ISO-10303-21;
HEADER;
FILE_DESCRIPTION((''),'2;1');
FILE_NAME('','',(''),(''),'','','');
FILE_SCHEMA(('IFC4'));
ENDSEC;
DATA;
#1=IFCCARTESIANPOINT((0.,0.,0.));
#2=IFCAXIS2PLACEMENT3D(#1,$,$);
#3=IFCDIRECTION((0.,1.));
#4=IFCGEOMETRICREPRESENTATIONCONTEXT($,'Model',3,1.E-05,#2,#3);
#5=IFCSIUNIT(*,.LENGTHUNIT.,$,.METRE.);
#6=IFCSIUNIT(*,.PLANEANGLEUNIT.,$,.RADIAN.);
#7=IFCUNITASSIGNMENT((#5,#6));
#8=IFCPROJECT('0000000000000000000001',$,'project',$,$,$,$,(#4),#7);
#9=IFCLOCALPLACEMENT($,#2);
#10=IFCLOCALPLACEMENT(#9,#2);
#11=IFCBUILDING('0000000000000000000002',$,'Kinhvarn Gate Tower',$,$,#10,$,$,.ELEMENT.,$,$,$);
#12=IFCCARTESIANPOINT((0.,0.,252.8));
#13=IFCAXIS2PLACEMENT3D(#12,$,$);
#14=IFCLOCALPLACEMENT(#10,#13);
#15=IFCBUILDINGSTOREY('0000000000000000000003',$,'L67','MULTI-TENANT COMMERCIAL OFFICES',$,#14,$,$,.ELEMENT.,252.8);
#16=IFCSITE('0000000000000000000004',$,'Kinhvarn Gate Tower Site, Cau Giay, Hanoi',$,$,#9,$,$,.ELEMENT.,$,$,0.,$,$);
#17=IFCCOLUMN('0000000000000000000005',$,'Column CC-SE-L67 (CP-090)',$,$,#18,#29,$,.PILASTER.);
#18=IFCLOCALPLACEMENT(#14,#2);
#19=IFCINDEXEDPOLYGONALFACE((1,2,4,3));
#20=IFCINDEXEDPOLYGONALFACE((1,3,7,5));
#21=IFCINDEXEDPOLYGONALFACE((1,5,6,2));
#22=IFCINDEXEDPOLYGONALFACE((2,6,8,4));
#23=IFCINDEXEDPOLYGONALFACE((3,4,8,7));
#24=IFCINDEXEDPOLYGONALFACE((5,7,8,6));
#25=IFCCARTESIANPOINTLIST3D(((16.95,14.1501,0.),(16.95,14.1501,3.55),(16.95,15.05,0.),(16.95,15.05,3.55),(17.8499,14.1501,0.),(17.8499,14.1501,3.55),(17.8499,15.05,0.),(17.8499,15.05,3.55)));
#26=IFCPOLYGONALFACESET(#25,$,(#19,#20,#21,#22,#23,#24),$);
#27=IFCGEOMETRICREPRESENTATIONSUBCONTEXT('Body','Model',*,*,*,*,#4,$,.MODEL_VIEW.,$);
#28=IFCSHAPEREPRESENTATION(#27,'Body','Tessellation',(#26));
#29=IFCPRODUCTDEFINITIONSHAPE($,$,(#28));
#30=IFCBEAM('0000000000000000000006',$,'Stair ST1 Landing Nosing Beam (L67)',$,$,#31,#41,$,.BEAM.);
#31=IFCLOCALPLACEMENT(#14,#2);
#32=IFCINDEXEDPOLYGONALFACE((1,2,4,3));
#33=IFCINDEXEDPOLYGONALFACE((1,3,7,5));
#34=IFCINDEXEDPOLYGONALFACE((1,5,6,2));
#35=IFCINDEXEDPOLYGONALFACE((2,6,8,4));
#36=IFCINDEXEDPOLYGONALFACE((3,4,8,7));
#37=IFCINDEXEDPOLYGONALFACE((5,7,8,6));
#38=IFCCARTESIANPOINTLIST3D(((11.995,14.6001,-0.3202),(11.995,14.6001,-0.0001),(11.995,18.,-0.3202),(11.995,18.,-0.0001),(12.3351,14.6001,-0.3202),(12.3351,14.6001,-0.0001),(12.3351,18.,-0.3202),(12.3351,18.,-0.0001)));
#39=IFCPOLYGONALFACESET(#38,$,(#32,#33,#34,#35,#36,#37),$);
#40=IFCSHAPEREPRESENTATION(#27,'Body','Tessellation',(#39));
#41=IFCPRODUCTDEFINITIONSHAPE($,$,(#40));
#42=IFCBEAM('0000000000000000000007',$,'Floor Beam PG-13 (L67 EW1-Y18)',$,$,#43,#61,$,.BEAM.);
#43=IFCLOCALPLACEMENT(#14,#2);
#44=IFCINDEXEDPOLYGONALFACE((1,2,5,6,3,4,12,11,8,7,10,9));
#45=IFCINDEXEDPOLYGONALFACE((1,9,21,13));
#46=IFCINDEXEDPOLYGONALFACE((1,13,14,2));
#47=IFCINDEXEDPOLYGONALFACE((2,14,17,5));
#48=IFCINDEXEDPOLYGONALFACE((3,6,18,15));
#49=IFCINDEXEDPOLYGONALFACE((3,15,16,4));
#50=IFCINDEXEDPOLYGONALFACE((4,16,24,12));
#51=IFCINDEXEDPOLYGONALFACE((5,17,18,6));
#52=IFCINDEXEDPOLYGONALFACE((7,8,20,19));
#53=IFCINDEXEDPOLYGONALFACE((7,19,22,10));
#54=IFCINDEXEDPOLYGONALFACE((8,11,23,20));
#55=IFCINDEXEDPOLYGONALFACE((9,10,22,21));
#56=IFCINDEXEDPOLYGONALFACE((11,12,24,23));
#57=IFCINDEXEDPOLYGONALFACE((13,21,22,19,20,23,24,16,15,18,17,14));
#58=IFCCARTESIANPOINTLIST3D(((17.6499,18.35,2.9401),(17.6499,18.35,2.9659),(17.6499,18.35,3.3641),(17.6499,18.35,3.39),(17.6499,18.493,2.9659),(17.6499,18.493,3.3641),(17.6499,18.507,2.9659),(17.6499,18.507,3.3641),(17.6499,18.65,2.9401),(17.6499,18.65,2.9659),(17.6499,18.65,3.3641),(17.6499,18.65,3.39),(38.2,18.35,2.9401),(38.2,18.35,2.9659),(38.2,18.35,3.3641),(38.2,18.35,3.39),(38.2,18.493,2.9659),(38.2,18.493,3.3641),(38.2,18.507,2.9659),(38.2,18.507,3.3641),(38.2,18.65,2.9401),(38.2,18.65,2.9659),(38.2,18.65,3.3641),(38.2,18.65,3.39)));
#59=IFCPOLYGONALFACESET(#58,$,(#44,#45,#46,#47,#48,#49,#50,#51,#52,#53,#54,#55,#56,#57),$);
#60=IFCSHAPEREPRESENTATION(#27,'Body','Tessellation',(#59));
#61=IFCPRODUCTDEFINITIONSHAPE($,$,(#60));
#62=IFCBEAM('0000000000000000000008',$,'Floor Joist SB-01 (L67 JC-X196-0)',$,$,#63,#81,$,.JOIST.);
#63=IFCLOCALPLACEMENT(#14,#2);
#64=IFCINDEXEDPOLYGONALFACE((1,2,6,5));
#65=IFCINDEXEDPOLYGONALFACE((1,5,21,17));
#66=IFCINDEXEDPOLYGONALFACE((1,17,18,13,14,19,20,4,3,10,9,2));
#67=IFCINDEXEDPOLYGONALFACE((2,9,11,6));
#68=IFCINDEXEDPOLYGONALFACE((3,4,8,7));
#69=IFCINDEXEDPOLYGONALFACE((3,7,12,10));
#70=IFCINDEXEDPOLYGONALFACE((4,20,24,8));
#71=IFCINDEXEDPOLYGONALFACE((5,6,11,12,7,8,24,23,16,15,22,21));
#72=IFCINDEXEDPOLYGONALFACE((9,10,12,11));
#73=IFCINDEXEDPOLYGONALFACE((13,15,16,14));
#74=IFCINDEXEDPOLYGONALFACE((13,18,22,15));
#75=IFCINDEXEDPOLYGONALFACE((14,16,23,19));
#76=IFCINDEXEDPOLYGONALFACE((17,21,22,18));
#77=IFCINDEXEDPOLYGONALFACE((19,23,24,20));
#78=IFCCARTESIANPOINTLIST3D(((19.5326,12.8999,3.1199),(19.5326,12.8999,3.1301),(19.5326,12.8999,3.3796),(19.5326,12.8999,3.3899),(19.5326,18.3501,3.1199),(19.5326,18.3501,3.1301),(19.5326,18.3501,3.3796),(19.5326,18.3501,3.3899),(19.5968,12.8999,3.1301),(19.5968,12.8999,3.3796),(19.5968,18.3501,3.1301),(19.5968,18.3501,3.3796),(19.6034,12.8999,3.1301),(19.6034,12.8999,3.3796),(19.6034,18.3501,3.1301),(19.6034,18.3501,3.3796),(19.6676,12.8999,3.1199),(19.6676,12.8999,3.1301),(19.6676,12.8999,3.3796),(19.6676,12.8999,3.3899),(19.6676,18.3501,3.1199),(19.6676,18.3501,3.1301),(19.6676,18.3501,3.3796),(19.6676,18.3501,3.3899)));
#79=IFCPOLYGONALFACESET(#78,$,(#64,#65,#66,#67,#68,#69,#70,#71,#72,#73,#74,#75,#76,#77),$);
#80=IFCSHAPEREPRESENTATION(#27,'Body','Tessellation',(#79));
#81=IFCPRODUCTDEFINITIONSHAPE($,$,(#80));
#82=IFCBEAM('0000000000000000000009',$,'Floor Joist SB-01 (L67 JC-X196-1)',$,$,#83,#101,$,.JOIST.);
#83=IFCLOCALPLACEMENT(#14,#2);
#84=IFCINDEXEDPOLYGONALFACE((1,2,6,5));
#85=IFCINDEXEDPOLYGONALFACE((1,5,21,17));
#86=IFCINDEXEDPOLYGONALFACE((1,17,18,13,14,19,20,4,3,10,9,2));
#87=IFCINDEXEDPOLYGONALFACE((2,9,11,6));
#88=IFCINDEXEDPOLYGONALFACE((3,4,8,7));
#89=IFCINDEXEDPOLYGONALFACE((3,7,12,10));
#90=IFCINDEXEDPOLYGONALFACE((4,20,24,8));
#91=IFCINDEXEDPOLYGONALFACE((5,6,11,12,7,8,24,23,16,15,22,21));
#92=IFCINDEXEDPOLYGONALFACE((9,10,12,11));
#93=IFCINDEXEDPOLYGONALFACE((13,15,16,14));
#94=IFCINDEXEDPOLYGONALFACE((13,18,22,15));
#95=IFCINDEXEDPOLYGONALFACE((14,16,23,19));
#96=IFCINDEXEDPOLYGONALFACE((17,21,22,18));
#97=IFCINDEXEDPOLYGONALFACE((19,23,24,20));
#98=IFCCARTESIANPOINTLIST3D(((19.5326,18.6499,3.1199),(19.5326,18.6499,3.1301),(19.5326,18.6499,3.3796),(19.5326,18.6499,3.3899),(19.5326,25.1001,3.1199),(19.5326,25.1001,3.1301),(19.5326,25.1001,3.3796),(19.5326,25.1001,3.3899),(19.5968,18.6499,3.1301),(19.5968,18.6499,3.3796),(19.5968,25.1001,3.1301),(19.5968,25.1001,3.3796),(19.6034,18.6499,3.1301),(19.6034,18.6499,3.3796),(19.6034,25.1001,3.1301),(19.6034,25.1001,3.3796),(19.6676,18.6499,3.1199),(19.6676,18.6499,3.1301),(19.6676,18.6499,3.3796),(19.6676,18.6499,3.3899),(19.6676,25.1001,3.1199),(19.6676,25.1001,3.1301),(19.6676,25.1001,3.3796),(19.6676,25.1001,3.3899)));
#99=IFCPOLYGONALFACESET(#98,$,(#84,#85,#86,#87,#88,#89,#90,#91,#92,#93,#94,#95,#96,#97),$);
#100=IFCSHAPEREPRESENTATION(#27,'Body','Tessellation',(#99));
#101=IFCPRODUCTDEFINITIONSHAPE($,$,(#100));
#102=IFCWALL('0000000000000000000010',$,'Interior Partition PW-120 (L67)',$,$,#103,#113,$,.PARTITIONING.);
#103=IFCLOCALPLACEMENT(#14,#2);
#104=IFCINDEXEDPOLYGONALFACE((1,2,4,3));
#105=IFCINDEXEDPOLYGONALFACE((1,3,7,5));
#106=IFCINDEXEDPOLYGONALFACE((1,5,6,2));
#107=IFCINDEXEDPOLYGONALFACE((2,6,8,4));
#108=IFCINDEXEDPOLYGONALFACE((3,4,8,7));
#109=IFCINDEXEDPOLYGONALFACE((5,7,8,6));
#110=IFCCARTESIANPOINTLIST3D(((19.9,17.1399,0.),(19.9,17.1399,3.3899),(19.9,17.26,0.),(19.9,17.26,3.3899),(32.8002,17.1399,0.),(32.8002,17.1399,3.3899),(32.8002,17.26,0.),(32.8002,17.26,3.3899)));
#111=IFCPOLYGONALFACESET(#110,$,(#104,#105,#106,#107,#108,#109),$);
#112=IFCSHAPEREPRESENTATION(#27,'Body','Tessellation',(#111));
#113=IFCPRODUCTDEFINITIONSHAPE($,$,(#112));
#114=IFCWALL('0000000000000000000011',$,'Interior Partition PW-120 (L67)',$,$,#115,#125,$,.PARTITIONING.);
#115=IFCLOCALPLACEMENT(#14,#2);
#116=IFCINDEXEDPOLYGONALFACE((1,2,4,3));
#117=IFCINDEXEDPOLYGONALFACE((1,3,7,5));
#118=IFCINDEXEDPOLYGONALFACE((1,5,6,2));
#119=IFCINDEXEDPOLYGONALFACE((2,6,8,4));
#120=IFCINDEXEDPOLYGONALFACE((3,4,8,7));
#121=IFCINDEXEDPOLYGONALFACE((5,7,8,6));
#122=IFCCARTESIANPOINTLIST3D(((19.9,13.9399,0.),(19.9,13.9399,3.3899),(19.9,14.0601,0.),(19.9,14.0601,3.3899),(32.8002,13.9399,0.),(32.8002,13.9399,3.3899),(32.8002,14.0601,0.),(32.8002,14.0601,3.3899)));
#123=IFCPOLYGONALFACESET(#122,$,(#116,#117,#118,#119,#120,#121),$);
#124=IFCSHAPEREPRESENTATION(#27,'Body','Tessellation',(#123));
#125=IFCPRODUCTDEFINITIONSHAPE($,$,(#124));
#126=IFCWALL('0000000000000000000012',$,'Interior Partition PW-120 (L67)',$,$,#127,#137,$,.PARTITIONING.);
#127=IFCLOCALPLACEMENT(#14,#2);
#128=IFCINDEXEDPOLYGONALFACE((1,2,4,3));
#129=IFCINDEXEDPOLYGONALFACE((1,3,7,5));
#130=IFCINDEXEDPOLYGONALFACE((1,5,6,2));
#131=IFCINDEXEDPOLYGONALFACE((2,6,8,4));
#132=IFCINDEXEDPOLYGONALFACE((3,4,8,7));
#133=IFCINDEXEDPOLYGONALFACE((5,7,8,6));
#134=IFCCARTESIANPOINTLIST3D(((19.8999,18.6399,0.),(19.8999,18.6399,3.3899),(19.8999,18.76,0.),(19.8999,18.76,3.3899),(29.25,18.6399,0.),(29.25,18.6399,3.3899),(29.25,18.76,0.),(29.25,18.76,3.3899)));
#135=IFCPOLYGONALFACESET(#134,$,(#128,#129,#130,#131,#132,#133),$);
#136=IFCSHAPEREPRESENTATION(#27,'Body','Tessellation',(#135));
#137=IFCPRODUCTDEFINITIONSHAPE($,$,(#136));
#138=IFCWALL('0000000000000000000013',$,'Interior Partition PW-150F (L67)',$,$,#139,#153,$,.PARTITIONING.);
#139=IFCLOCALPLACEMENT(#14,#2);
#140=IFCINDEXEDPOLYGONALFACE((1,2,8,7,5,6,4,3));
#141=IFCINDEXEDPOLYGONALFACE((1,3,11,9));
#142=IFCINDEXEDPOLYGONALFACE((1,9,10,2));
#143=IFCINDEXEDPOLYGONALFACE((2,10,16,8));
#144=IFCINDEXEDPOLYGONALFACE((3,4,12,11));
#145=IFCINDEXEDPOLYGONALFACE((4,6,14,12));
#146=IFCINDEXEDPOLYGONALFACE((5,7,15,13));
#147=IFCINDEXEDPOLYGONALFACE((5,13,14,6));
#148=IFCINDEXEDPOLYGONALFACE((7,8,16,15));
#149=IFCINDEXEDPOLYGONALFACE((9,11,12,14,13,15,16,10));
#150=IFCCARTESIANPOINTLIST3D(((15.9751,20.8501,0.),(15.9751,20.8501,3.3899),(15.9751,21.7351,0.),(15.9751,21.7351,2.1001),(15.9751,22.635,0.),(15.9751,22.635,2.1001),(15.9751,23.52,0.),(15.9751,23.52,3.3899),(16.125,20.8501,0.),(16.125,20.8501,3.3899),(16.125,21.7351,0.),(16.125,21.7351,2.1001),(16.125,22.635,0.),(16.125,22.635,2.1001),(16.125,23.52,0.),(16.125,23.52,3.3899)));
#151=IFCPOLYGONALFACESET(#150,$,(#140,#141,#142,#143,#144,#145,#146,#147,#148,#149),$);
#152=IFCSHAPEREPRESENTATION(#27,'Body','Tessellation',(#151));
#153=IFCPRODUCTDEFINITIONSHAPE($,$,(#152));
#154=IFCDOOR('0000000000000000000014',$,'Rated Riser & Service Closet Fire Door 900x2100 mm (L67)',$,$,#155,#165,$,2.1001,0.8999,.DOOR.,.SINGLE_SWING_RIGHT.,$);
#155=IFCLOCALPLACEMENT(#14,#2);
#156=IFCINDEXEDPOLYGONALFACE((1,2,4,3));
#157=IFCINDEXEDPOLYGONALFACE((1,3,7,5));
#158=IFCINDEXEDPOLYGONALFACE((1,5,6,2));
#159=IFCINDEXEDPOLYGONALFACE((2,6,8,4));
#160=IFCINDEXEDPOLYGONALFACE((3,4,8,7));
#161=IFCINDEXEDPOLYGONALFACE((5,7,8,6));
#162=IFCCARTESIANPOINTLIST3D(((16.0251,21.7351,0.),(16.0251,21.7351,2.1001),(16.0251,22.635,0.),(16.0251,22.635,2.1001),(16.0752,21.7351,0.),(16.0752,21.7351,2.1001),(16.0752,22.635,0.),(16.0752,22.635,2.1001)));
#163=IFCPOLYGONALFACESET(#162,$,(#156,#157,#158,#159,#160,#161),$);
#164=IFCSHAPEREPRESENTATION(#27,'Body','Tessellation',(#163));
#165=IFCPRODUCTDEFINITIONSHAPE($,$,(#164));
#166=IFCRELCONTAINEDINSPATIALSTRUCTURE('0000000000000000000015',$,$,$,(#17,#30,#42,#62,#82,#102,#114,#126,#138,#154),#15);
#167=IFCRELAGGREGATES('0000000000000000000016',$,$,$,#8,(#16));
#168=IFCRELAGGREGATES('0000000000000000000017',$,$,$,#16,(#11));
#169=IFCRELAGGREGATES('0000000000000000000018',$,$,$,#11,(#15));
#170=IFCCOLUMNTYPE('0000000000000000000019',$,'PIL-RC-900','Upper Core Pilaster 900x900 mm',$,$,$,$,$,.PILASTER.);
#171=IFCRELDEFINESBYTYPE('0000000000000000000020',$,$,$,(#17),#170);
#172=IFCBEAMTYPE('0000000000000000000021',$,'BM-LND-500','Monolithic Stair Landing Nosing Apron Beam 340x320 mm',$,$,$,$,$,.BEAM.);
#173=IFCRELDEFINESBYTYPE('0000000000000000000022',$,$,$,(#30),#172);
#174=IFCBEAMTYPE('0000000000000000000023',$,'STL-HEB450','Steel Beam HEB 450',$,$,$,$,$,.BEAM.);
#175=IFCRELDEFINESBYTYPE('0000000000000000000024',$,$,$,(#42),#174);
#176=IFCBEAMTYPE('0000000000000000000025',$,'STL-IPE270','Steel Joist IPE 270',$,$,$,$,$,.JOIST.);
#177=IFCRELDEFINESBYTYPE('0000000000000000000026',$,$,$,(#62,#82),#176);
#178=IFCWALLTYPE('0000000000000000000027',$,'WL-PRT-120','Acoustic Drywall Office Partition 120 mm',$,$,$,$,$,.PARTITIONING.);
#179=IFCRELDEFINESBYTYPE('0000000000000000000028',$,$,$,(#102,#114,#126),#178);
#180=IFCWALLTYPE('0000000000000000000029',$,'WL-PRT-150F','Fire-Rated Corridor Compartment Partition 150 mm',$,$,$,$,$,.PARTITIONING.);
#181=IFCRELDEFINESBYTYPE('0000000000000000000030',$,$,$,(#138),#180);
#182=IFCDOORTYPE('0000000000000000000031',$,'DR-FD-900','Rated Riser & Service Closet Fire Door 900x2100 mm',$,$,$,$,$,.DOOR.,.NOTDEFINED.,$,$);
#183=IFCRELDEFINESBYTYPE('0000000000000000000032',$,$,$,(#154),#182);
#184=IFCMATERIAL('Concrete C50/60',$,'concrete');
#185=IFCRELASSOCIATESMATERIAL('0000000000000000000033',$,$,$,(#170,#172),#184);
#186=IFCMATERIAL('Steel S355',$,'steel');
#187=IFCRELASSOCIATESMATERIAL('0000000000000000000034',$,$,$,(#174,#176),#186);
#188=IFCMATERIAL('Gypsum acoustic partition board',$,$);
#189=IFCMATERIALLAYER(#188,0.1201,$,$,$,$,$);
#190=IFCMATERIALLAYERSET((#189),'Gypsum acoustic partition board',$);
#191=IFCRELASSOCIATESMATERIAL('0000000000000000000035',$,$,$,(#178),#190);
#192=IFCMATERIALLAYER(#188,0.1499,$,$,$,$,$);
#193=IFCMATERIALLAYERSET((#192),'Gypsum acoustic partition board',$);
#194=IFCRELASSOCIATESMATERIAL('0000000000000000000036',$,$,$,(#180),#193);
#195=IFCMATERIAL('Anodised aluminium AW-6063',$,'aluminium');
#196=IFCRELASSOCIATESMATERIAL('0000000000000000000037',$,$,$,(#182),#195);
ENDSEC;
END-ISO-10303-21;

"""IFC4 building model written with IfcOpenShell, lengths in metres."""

from ifc_helpers import new_model, si_unit, direction, frame, frame_2d, origin, origin_2d, place, context, subcontext, project, spatial, rectangle, i_section, extrude, material, layer, layer_set, material_profile, profile_set, type_object, element, fill, save


model = new_model("IFC4")

# Units and contexts
model_context = context("Model", 3, precision=1e-05, world=origin(), true_north=direction((0.0, 1.0)))
body_context = subcontext(model_context, "Body", "Model", "MODEL_VIEW")
ifc_project = project(units=[si_unit("LENGTHUNIT", "METRE"), si_unit("PLANEANGLEUNIT", "RADIAN")], contexts=[model_context])

# Site, building, storey
site_placement = place(None, origin())
site = spatial("IfcSite", under=ifc_project, at=site_placement, Name="Kinhvarn Gate Tower Site, Cau Giay, Hanoi", CompositionType="ELEMENT", RefElevation=0.0)
building_placement = place(site_placement, origin())
building = spatial("IfcBuilding", under=site, at=building_placement, Name="Kinhvarn Gate Tower", CompositionType="ELEMENT")
storey_placement = place(building_placement, frame((0.0, 0.0, 252.8)))
storey = spatial("IfcBuildingStorey", under=building, at=storey_placement, Name="L67", Description="MULTI-TENANT COMMERCIAL OFFICES", CompositionType="ELEMENT", Elevation=252.8)

# Column
ifc_material_1 = material(Name="Concrete C50/60", Category="concrete")
ifc_material_profile_1 = material_profile(ifc_material_1, rectangle(XDim=0.8999, YDim=0.8999, at=origin_2d()), Name="RC 900x900")
ifc_profile_set_1 = profile_set([ifc_material_profile_1], Name="Concrete C50/60")
column_type = type_object("IfcColumnType", Name="PIL-RC-900", Description="Upper Core Pilaster 900x900 mm", PredefinedType="PILASTER", material=ifc_profile_set_1)
column_placement = place(storey_placement, frame((17.3999, 14.6001, 0.0), z_axis=(0.0, 0.0, 1.0), x_axis=(1.0, 0.0, 0.0)))
element("IfcColumn", 1, at=column_placement, inside=storey, type_object=column_type, Name="Column CC-SE-L67 (CP-090)", PredefinedType="PILASTER", context=body_context, shape_type="SweptSolid", body=[
    extrude(rectangle(XDim=0.8999, YDim=0.8999, at=origin_2d()), origin(), (0.0, 0.0, 1.0), 3.55),
])

# Beams
ifc_material_profile_2 = material_profile(ifc_material_1, rectangle(XDim=0.3401, YDim=0.3201, at=origin_2d()), Name="RC 340x320")
ifc_profile_set_2 = profile_set([ifc_material_profile_2], Name="Concrete C50/60")
beam_type_1 = type_object("IfcBeamType", Name="BM-LND-500", Description="Monolithic Stair Landing Nosing Apron Beam 340x320 mm", PredefinedType="BEAM", material=ifc_profile_set_2)
beam_1_placement = place(storey_placement, frame((12.165, 14.6001, -0.1602), z_axis=(0.0, 1.0, 0.0), x_axis=(-1.0, 0.0, 0.0)))
element("IfcBeam", 2, at=beam_1_placement, inside=storey, type_object=beam_type_1, Name="Stair ST1 Landing Nosing Beam (L67)", PredefinedType="BEAM", context=body_context, shape_type="SweptSolid", body=[
    extrude(rectangle(XDim=0.3401, YDim=0.3201, at=origin_2d()), origin(), (0.0, 0.0, 1.0), 3.3999),
])
ifc_material_2 = material(Name="Steel S355", Category="steel")
ifc_material_profile_3 = material_profile(ifc_material_2, i_section(OverallWidth=0.3, OverallDepth=0.45, WebThickness=0.0139, FlangeThickness=0.0259, at=origin_2d()), Name="HEB 450")
ifc_profile_set_3 = profile_set([ifc_material_profile_3], Name="Steel S355")
beam_type_2 = type_object("IfcBeamType", Name="STL-HEB450", Description="Steel Beam HEB 450", PredefinedType="BEAM", material=ifc_profile_set_3)
beam_2_placement = place(storey_placement, frame((17.6499, 18.5, 3.165), z_axis=(1.0, 0.0, 0.0), x_axis=(0.0, 1.0, 0.0)))
element("IfcBeam", 3, at=beam_2_placement, inside=storey, type_object=beam_type_2, Name="Floor Beam PG-13 (L67 EW1-Y18)", PredefinedType="BEAM", context=body_context, shape_type="SweptSolid", body=[
    extrude(i_section(OverallWidth=0.3, OverallDepth=0.45, WebThickness=0.0139, FlangeThickness=0.0259, at=origin_2d()), origin(), (0.0, 0.0, 1.0), 20.55),
])
ifc_material_profile_4 = material_profile(ifc_material_2, i_section(OverallWidth=0.135, OverallDepth=0.27, WebThickness=0.0066, FlangeThickness=0.0103, at=origin_2d()), Name="IPE 270")
ifc_profile_set_4 = profile_set([ifc_material_profile_4], Name="Steel S355")
beam_type_3 = type_object("IfcBeamType", Name="STL-IPE270", Description="Steel Joist IPE 270", PredefinedType="JOIST", material=ifc_profile_set_4)
beam_3_placement = place(storey_placement, frame((19.6001, 12.8999, 3.2549), z_axis=(0.0, 1.0, 0.0), x_axis=(-1.0, 0.0, 0.0)))
element("IfcBeam", 4, at=beam_3_placement, inside=storey, type_object=beam_type_3, Name="Floor Joist SB-01 (L67 JC-X196-0)", PredefinedType="JOIST", context=body_context, shape_type="SweptSolid", body=[
    extrude(i_section(OverallWidth=0.135, OverallDepth=0.27, WebThickness=0.0066, FlangeThickness=0.0103, at=origin_2d()), origin(), (0.0, 0.0, 1.0), 5.4502),
])
beam_4_placement = place(storey_placement, frame((19.6001, 18.6499, 3.2549), z_axis=(0.0, 1.0, 0.0), x_axis=(-1.0, 0.0, 0.0)))
element("IfcBeam", 5, at=beam_4_placement, inside=storey, type_object=beam_type_3, Name="Floor Joist SB-01 (L67 JC-X196-1)", PredefinedType="JOIST", context=body_context, shape_type="SweptSolid", body=[
    extrude(i_section(OverallWidth=0.135, OverallDepth=0.27, WebThickness=0.0066, FlangeThickness=0.0103, at=origin_2d()), origin(), (0.0, 0.0, 1.0), 6.4502),
])

# Shared definitions
ifc_material_3 = material(Name="Anodised aluminium AW-6063", Category="aluminium")

# Walls
ifc_material_4 = material(Name="Gypsum acoustic partition board")
ifc_layer_1 = layer(ifc_material_4, 0.1201)
ifc_layer_set_1 = layer_set([ifc_layer_1], Name="Gypsum acoustic partition board")
wall_type_1 = type_object("IfcWallType", Name="WL-PRT-120", Description="Acoustic Drywall Office Partition 120 mm", PredefinedType="PARTITIONING", material=ifc_layer_set_1)
for number, where, z_axis, x_axis, name in (
    (6, (19.8999, 17.2, 0.0), (0.0, 0.0, 1.0), (1.0, 0.0, 0.0), "Interior Partition PW-120 (L67)"),
    (7, (19.8999, 14.0, 0.0), (0.0, 0.0, 1.0), (1.0, 0.0, 0.0), "Interior Partition PW-120 (L67)"),
):
    element("IfcWall", number, at=place(storey_placement, frame(where, z_axis=z_axis, x_axis=x_axis)), inside=storey, type_object=wall_type_1, Name=name, PredefinedType="PARTITIONING", context=body_context, shape_type="SweptSolid", body=[
        extrude(rectangle(XDim=12.9001, YDim=0.1201, at=frame_2d((6.4502, 0.0))), origin(), (0.0, 0.0, 1.0), 3.3899),
    ])
wall_1_placement = place(storey_placement, frame((19.8999, 18.7, 0.0), z_axis=(0.0, 0.0, 1.0), x_axis=(1.0, 0.0, 0.0)))
element("IfcWall", 8, at=wall_1_placement, inside=storey, type_object=wall_type_1, Name="Interior Partition PW-120 (L67)", PredefinedType="PARTITIONING", context=body_context, shape_type="SweptSolid", body=[
    extrude(rectangle(XDim=9.3501, YDim=0.1201, at=frame_2d((4.675, 0.0))), origin(), (0.0, 0.0, 1.0), 3.3899),
])

# Wall, opening, door
ifc_layer_2 = layer(ifc_material_4, 0.1499)
ifc_layer_set_2 = layer_set([ifc_layer_2], Name="Gypsum acoustic partition board")
wall_type_2 = type_object("IfcWallType", Name="WL-PRT-150F", Description="Fire-Rated Corridor Compartment Partition 150 mm", PredefinedType="PARTITIONING", material=ifc_layer_set_2)
wall_2_placement = place(storey_placement, frame((16.05, 20.8501, 0.0), z_axis=(0.0, 0.0, 1.0), x_axis=(0.0, 1.0, 0.0)))
wall_2 = element("IfcWall", 9, at=wall_2_placement, inside=storey, type_object=wall_type_2, Name="Interior Partition PW-150F (L67)", PredefinedType="PARTITIONING", context=body_context, shape_type="SweptSolid", body=[
    extrude(rectangle(XDim=2.6699, YDim=0.1499, at=frame_2d((1.335, 0.0))), origin(), (0.0, 0.0, 1.0), 3.3899),
])
opening_1_placement = place(wall_2_placement, frame((0.885, 0.0, 0.0)))
opening_1 = element("IfcOpeningElement", 10, at=opening_1_placement, cuts=wall_2, PredefinedType="OPENING", context=body_context, shape_type="SweptSolid", body=[
    extrude(rectangle(XDim=0.8999, YDim=2.1001, at=frame_2d((0.45, 1.05))), frame((0.0, 0.085, 0.0), z_axis=(0.0, -1.0, 0.0), x_axis=(1.0, 0.0, 0.0)), (0.0, 0.0, 1.0), 0.1699),
])
door_type_1 = type_object("IfcDoorType", Name="DR-FD-900", Description="Rated Riser & Service Closet Fire Door 900x2100 mm", OperationType="NOTDEFINED", PredefinedType="DOOR", material=ifc_material_3)
door_1_placement = place(opening_1_placement, origin())
door_1 = element("IfcDoor", 11, at=door_1_placement, inside=storey, type_object=door_type_1, Name="Rated Riser & Service Closet Fire Door 900x2100 mm (L67)", OperationType="SINGLE_SWING_RIGHT", OverallHeight=2.1001, OverallWidth=0.8999, PredefinedType="DOOR", context=body_context, shape_type="SweptSolid", body=[
    extrude(rectangle(XDim=0.8999, YDim=2.1001, at=frame_2d((0.45, 1.05))), frame((0.0, 0.0249, 0.0), z_axis=(0.0, -1.0, 0.0), x_axis=(1.0, 0.0, 0.0)), (0.0, 0.0, 1.0), 0.05),
])
fill(opening_1, door_1)

save(model, "model.ifc")
